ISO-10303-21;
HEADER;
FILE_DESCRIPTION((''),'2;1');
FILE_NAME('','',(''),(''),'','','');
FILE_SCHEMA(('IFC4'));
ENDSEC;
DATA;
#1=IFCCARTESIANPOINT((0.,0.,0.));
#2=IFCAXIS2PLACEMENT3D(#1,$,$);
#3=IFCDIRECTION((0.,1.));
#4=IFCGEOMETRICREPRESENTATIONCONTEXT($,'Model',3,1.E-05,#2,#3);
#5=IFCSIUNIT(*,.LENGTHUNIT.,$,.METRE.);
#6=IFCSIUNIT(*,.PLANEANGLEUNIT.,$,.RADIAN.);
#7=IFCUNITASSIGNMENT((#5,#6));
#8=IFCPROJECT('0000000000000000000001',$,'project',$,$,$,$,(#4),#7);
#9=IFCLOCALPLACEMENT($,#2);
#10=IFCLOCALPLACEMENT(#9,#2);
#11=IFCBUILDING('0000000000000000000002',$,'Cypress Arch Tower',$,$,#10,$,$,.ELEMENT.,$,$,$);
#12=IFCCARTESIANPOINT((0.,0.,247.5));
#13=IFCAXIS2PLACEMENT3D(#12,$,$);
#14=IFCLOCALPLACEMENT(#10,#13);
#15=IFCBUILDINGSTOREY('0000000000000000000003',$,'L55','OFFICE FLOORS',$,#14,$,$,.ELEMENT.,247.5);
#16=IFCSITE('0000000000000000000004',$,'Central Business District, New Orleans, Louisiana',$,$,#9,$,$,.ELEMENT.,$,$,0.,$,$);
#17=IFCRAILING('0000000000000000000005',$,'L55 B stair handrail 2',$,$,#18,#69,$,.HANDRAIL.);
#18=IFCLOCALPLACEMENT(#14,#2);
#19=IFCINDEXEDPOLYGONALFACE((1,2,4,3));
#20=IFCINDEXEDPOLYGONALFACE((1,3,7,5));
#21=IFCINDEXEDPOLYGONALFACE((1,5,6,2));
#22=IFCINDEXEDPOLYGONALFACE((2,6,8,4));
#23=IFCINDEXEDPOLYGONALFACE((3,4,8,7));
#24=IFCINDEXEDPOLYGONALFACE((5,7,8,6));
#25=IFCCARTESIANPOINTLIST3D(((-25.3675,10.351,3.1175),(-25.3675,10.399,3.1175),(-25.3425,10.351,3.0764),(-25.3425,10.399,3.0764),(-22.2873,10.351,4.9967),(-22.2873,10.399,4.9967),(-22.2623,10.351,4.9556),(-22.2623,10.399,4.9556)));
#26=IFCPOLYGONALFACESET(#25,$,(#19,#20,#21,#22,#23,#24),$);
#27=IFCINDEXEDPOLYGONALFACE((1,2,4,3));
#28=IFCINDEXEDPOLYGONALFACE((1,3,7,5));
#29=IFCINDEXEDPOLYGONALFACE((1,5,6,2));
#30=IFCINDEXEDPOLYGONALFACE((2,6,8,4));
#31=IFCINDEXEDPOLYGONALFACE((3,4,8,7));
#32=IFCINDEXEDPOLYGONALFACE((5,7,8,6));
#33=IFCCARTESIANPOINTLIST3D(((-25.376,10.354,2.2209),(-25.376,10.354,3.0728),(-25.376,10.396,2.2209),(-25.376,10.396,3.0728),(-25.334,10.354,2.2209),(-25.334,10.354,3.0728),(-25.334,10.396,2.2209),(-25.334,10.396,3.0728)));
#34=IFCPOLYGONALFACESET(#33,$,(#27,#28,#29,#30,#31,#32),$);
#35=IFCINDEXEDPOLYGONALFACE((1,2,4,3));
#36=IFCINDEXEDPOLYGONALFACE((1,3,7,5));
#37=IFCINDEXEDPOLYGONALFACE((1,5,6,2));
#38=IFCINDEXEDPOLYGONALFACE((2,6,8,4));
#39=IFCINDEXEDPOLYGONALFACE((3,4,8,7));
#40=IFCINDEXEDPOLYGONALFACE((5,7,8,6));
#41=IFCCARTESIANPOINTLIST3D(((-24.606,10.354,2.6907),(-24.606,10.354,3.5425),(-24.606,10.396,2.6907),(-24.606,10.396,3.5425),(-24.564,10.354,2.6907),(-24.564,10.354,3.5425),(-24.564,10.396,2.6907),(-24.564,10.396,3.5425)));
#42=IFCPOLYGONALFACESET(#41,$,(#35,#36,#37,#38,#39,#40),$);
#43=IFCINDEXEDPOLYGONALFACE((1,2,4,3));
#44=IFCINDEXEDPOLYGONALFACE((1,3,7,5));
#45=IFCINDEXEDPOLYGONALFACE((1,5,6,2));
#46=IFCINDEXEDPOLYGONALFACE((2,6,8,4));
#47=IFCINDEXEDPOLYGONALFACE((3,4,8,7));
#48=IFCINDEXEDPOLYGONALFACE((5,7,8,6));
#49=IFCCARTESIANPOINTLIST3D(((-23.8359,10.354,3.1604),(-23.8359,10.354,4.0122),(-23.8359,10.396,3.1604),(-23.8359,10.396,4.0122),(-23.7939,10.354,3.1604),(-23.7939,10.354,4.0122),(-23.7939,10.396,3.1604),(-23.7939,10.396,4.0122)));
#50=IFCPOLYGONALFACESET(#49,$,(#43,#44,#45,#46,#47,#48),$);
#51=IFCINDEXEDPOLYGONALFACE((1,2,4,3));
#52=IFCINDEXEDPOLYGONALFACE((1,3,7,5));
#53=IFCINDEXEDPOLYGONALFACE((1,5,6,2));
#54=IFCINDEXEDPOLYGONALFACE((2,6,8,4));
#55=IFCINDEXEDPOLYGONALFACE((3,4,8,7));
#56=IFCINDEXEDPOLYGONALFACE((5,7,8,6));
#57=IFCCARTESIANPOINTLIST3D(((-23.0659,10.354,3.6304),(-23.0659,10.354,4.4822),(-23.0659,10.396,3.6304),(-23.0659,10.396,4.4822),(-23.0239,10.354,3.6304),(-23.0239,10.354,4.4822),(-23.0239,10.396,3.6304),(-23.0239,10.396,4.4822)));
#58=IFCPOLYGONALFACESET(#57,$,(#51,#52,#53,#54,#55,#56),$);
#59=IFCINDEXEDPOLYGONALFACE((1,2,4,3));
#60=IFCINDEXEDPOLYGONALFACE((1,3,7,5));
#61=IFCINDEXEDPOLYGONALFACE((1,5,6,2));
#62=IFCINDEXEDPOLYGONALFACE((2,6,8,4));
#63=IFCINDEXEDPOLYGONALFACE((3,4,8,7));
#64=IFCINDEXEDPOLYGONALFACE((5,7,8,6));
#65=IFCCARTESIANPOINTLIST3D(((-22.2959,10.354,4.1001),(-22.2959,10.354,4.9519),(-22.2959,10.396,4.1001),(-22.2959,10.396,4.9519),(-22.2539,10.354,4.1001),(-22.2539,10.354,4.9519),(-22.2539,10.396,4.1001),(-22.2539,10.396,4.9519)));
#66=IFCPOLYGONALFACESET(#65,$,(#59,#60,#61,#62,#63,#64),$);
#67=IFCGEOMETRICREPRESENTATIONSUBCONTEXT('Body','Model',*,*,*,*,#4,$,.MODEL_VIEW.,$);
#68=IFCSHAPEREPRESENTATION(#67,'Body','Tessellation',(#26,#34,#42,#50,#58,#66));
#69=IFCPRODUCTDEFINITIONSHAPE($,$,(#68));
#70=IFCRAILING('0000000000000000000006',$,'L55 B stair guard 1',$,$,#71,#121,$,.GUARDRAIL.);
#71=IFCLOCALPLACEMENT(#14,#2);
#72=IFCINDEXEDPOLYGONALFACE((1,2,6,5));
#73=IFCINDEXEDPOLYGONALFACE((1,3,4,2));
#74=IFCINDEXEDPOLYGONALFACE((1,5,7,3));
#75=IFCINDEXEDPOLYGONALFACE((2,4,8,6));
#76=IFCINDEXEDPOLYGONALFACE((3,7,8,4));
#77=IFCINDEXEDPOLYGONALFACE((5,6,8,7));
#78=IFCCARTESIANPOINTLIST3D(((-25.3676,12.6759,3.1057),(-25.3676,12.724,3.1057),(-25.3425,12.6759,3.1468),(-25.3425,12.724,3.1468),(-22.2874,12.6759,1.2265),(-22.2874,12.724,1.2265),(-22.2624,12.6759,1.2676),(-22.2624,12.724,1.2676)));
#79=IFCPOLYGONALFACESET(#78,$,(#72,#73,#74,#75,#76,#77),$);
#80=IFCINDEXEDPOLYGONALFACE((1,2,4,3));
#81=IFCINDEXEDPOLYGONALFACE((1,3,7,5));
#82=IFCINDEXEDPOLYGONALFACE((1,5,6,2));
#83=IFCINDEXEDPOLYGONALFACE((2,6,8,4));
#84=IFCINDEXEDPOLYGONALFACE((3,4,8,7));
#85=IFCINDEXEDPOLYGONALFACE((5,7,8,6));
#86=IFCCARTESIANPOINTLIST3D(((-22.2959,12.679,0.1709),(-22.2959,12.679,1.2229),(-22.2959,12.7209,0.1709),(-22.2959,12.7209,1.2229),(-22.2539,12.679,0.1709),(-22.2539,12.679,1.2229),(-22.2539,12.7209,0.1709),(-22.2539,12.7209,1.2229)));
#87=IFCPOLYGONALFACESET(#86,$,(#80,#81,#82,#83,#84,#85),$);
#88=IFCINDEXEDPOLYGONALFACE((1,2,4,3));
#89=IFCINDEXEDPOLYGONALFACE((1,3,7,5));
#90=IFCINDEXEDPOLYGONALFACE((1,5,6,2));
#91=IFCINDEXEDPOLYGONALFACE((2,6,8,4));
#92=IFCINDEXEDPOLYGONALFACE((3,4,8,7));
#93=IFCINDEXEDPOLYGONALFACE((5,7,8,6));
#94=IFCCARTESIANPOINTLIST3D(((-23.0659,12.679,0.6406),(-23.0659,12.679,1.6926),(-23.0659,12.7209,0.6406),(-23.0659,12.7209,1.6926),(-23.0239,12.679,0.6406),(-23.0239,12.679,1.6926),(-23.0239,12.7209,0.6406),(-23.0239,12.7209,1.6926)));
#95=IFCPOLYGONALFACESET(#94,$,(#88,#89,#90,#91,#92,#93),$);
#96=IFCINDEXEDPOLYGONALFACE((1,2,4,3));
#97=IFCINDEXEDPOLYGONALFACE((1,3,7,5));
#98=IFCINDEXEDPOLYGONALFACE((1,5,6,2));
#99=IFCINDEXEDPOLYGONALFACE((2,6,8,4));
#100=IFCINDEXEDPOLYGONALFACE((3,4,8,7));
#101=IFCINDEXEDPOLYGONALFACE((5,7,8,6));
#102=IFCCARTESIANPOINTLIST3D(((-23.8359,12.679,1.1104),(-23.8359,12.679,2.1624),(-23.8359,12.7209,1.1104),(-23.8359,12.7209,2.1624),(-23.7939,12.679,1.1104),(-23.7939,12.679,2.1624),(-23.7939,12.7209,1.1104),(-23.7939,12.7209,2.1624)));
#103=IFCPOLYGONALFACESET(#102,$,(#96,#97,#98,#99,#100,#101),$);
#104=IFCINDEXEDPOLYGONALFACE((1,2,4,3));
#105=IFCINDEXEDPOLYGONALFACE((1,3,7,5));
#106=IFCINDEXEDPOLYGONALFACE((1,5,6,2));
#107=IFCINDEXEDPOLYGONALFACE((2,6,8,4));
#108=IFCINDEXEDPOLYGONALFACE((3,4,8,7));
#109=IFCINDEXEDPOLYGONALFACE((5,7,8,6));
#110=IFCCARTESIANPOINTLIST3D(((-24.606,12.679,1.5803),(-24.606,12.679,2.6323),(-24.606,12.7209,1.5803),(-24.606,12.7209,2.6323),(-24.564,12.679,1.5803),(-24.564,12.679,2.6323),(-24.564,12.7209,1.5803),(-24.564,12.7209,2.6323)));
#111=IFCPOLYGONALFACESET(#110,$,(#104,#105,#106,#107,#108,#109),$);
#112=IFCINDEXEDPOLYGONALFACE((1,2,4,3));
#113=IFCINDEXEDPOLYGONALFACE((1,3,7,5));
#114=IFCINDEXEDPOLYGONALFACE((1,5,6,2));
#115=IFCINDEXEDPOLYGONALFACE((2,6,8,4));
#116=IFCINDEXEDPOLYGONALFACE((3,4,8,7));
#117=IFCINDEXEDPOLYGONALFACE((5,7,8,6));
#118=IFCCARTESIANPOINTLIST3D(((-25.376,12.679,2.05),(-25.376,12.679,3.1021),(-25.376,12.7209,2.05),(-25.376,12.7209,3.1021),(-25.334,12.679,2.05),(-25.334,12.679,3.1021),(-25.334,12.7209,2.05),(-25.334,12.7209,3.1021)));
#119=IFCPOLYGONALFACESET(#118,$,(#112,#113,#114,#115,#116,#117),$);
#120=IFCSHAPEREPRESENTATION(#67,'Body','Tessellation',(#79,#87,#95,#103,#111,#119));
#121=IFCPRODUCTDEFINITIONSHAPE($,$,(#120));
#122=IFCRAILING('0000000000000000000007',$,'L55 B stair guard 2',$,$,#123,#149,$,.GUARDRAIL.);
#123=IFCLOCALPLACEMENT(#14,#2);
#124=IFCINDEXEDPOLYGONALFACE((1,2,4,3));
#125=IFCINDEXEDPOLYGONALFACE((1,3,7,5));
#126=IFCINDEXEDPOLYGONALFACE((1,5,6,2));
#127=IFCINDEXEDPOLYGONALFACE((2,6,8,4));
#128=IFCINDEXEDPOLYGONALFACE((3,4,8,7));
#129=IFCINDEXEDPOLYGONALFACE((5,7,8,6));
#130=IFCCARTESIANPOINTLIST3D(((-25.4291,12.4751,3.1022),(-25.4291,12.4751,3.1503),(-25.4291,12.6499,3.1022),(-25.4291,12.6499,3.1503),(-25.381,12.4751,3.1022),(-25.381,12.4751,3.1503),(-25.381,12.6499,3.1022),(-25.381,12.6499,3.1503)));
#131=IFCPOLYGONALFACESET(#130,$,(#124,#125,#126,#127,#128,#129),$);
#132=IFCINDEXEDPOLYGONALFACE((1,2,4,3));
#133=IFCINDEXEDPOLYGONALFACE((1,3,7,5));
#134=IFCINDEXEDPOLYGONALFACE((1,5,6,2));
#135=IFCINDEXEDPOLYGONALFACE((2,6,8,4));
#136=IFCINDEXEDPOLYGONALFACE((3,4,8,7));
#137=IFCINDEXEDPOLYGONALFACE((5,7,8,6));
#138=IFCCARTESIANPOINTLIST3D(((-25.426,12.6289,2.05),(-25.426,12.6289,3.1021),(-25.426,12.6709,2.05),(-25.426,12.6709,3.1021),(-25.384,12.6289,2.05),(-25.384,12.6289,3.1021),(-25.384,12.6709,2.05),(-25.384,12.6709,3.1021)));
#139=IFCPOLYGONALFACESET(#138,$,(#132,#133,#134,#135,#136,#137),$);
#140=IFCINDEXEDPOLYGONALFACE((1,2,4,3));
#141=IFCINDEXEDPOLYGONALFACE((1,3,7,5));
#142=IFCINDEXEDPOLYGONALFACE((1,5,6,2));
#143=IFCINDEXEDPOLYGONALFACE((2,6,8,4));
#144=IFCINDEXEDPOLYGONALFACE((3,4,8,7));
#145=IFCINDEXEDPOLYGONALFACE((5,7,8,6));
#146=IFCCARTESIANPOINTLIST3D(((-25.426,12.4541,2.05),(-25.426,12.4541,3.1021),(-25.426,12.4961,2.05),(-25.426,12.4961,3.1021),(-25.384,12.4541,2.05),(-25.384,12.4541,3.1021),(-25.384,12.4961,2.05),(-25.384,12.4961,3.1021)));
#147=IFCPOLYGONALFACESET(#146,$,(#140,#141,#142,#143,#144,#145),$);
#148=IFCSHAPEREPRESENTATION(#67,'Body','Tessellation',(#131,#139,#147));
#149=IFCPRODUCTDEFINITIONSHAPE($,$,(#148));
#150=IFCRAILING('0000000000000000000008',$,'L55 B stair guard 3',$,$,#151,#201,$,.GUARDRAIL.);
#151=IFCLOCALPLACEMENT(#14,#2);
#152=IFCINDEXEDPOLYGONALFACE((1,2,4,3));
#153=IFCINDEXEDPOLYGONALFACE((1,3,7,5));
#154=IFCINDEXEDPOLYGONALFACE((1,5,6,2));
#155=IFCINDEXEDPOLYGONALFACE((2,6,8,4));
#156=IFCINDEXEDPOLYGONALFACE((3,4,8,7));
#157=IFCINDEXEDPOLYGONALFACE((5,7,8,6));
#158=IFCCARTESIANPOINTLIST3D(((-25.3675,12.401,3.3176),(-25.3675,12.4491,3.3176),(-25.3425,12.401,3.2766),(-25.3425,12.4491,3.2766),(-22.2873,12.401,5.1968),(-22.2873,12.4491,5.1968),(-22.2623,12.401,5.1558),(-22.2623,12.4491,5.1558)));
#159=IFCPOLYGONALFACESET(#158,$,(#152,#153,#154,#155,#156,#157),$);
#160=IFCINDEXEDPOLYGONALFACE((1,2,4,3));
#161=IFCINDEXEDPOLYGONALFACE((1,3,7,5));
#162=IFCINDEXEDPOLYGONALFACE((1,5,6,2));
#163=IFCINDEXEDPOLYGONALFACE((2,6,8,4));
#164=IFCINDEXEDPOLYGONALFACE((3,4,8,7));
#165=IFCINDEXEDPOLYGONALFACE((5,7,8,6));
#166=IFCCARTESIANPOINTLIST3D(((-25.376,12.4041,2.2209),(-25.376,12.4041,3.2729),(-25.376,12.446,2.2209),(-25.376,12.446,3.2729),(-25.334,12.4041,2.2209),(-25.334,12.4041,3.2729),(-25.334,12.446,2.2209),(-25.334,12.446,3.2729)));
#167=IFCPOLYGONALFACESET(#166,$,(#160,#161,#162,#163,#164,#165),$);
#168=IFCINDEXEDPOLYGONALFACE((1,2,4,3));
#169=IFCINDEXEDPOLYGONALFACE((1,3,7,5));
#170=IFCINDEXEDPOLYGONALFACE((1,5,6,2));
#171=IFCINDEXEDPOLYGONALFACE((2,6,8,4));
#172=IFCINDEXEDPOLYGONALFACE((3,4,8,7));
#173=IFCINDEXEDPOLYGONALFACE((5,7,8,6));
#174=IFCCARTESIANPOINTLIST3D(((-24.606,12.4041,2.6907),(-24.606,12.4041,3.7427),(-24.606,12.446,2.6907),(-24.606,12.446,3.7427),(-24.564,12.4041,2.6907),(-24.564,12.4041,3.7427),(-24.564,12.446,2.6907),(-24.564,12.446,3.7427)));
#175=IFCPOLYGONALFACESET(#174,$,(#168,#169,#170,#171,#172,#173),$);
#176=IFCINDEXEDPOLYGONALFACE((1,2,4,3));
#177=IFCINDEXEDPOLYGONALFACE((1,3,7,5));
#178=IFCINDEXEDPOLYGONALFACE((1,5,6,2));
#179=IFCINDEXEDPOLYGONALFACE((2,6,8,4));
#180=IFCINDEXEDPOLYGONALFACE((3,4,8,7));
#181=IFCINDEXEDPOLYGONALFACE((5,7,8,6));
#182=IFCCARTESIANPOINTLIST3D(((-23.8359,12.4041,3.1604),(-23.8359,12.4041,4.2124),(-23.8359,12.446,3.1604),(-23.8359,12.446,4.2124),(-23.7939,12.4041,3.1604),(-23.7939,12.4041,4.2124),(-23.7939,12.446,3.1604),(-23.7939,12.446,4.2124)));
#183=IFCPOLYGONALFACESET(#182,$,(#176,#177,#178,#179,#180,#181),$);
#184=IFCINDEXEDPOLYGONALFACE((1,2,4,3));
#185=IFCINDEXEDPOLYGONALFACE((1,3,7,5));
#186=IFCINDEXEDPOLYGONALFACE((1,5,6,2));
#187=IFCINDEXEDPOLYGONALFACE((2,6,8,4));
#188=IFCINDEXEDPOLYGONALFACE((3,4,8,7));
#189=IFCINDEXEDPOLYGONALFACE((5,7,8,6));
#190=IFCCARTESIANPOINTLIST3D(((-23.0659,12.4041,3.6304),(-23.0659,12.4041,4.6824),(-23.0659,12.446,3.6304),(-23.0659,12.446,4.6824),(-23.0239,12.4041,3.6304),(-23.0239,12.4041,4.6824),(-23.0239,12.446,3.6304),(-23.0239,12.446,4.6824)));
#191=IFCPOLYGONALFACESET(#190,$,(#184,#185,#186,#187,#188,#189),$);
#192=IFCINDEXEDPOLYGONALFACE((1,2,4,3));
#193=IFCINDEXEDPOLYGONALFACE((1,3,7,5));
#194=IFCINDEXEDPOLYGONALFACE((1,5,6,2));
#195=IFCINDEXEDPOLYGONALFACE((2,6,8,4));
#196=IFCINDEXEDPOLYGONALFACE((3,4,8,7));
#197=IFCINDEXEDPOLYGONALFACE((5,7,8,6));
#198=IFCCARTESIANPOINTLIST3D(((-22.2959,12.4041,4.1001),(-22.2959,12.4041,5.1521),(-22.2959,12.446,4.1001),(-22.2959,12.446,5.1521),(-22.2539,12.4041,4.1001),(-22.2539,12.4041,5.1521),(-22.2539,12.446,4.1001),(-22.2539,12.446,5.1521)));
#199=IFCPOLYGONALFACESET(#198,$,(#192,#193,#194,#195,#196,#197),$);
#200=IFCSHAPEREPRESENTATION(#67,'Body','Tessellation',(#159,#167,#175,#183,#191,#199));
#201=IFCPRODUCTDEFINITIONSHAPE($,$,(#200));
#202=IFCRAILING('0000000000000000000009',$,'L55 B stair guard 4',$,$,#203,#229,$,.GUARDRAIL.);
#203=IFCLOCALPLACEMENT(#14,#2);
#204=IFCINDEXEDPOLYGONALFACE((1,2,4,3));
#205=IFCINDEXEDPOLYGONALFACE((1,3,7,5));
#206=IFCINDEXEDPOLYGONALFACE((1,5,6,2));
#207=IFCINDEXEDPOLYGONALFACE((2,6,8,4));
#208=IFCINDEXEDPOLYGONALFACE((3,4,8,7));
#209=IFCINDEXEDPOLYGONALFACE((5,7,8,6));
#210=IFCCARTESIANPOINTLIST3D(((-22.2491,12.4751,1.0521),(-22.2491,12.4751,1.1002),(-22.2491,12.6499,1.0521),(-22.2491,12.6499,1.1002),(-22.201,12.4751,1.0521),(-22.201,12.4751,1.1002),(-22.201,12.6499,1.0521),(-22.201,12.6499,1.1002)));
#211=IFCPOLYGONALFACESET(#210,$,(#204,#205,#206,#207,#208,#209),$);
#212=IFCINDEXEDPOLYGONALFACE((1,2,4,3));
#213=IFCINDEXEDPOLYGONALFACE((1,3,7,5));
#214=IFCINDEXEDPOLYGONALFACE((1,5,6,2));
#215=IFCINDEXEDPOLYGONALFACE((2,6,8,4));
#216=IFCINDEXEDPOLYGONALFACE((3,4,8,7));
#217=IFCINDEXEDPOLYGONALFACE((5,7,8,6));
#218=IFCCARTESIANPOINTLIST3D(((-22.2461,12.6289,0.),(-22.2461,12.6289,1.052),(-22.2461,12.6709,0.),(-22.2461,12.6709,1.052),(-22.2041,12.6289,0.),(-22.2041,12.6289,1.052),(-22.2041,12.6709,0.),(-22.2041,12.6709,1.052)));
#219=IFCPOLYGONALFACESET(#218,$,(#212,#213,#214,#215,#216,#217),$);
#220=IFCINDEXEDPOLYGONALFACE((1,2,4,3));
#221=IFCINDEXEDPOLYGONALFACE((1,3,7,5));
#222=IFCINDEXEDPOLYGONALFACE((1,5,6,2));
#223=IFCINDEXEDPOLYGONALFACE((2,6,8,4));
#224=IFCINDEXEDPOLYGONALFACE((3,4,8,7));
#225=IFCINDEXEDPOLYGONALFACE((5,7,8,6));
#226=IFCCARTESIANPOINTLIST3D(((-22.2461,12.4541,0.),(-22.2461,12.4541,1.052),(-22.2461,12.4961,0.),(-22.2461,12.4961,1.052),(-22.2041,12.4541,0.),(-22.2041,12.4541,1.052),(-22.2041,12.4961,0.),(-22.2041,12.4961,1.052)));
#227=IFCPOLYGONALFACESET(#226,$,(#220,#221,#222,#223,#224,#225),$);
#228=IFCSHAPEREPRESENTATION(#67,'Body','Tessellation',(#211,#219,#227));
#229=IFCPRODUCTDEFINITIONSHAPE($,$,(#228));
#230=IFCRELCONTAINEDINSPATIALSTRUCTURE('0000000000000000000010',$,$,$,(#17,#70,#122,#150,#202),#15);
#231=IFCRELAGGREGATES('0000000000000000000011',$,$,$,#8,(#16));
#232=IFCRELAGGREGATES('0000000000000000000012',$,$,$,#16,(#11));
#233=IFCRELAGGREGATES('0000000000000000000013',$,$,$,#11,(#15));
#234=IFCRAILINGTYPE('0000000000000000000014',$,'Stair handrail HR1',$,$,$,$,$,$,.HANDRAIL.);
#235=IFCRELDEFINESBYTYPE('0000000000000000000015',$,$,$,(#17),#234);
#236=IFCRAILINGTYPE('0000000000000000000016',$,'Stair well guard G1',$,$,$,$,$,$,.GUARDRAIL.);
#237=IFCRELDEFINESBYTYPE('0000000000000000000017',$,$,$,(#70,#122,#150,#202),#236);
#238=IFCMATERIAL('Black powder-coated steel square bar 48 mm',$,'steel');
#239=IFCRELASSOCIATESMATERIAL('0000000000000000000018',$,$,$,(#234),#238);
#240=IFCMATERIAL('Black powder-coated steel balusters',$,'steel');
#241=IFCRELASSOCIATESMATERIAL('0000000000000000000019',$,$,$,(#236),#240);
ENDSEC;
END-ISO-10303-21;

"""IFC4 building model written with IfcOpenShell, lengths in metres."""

from ifc_helpers import new_model, si_unit, direction, frame, origin, origin_2d, place, context, subcontext, project, spatial, rectangle, extrude, material, type_object, element, save


model = new_model("IFC4")

# Units and contexts
model_context = context("Model", 3, precision=1e-05, world=origin(), true_north=direction((0.0, 1.0)))
body_context = subcontext(model_context, "Body", "Model", "MODEL_VIEW")
ifc_project = project(units=[si_unit("LENGTHUNIT", "METRE"), si_unit("PLANEANGLEUNIT", "RADIAN")], contexts=[model_context])

# Site, building, storey
site_placement = place(None, origin())
site = spatial("IfcSite", under=ifc_project, at=site_placement, Name="Central Business District, New Orleans, Louisiana", CompositionType="ELEMENT", RefElevation=0.0)
building_placement = place(site_placement, origin())
building = spatial("IfcBuilding", under=site, at=building_placement, Name="Cypress Arch Tower", CompositionType="ELEMENT")
storey_placement = place(building_placement, frame((0.0, 0.0, 247.5)))
storey = spatial("IfcBuildingStorey", under=building, at=storey_placement, Name="L55", Description="OFFICE FLOORS", CompositionType="ELEMENT", Elevation=247.5)

# Railings
ifc_material_1 = material(Name="Black powder-coated steel square bar 48 mm", Category="steel")
railing_type_1 = type_object("IfcRailingType", Name="Stair handrail HR1", PredefinedType="HANDRAIL", material=ifc_material_1)
railing_1_placement = place(storey_placement, frame((-25.355, 10.375, 2.2209)))
element("IfcRailing", 1, at=railing_1_placement, inside=storey, type_object=railing_type_1, Name="L55 B stair handrail 2", PredefinedType="HANDRAIL", context=body_context, shape_type="SweptSolid", body=[
    extrude(rectangle(XDim=0.0481, YDim=0.0481, at=origin_2d()), frame((0.0, 0.0, 0.876), z_axis=(0.853666, 0.0, 0.52082), x_axis=(0.0, 1.0, 0.0)), (0.0, 0.0, 1.0), 3.6082),
    extrude(rectangle(XDim=0.042, YDim=0.042, at=origin_2d()), origin(), (0.0, 0.0, 1.0), 0.8518),
    extrude(rectangle(XDim=0.042, YDim=0.042, at=origin_2d()), frame((0.77, 0.0, 0.4697)), (0.0, 0.0, 1.0), 0.8518),
    extrude(rectangle(XDim=0.042, YDim=0.042, at=origin_2d()), frame((1.54, 0.0, 0.9395)), (0.0, 0.0, 1.0), 0.8518),
    extrude(rectangle(XDim=0.042, YDim=0.042, at=origin_2d()), frame((2.3101, 0.0, 1.4094)), (0.0, 0.0, 1.0), 0.8518),
    extrude(rectangle(XDim=0.042, YDim=0.042, at=origin_2d()), frame((3.0801, 0.0, 1.8792)), (0.0, 0.0, 1.0), 0.8518),
])
ifc_material_2 = material(Name="Black powder-coated steel balusters", Category="steel")
railing_type_2 = type_object("IfcRailingType", Name="Stair well guard G1", PredefinedType="GUARDRAIL", material=ifc_material_2)
railing_2_placement = place(storey_placement, frame((-22.2749, 12.7, 0.1709)))
element("IfcRailing", 2, at=railing_2_placement, inside=storey, type_object=railing_type_2, Name="L55 B stair guard 1", PredefinedType="GUARDRAIL", context=body_context, shape_type="SweptSolid", body=[
    extrude(rectangle(XDim=0.0481, YDim=0.0481, at=origin_2d()), frame((0.0, 0.0, 1.0762), z_axis=(-0.853666, 0.0, 0.52082), x_axis=(0.0, -1.0, 0.0)), (0.0, 0.0, 1.0), 3.6082),
    extrude(rectangle(XDim=0.042, YDim=0.042, at=origin_2d()), origin(), (0.0, 0.0, 1.0), 1.052),
    extrude(rectangle(XDim=0.042, YDim=0.042, at=origin_2d()), frame((-0.77, 0.0, 0.4697)), (0.0, 0.0, 1.0), 1.052),
    extrude(rectangle(XDim=0.042, YDim=0.042, at=origin_2d()), frame((-1.54, 0.0, 0.9395)), (0.0, 0.0, 1.0), 1.052),
    extrude(rectangle(XDim=0.042, YDim=0.042, at=origin_2d()), frame((-2.3101, 0.0, 1.4094)), (0.0, 0.0, 1.0), 1.052),
    extrude(rectangle(XDim=0.042, YDim=0.042, at=origin_2d()), frame((-3.0801, 0.0, 1.8792)), (0.0, 0.0, 1.0), 1.052),
])
railing_3_placement = place(storey_placement, frame((-25.405, 12.6499, 2.05)))
element("IfcRailing", 3, at=railing_3_placement, inside=storey, type_object=railing_type_2, Name="L55 B stair guard 2", PredefinedType="GUARDRAIL", context=body_context, shape_type="SweptSolid", body=[
    extrude(rectangle(XDim=0.0481, YDim=0.0481, at=origin_2d()), frame((0.0, 0.0, 1.0762), z_axis=(0.0, -1.0, 0.0), x_axis=(1.0, 0.0, 0.0)), (0.0, 0.0, 1.0), 0.1748),
    extrude(rectangle(XDim=0.042, YDim=0.042, at=origin_2d()), origin(), (0.0, 0.0, 1.0), 1.052),
    extrude(rectangle(XDim=0.042, YDim=0.042, at=origin_2d()), frame((0.0, -0.1748, 0.0)), (0.0, 0.0, 1.0), 1.052),
])
railing_4_placement = place(storey_placement, frame((-25.355, 12.425, 2.2209)))
element("IfcRailing", 4, at=railing_4_placement, inside=storey, type_object=railing_type_2, Name="L55 B stair guard 3", PredefinedType="GUARDRAIL", context=body_context, shape_type="SweptSolid", body=[
    extrude(rectangle(XDim=0.0481, YDim=0.0481, at=origin_2d()), frame((0.0, 0.0, 1.0762), z_axis=(0.853666, 0.0, 0.52082), x_axis=(0.0, 1.0, 0.0)), (0.0, 0.0, 1.0), 3.6082),
    extrude(rectangle(XDim=0.042, YDim=0.042, at=origin_2d()), origin(), (0.0, 0.0, 1.0), 1.052),
    extrude(rectangle(XDim=0.042, YDim=0.042, at=origin_2d()), frame((0.77, 0.0, 0.4697)), (0.0, 0.0, 1.0), 1.052),
    extrude(rectangle(XDim=0.042, YDim=0.042, at=origin_2d()), frame((1.54, 0.0, 0.9395)), (0.0, 0.0, 1.0), 1.052),
    extrude(rectangle(XDim=0.042, YDim=0.042, at=origin_2d()), frame((2.3101, 0.0, 1.4094)), (0.0, 0.0, 1.0), 1.052),
    extrude(rectangle(XDim=0.042, YDim=0.042, at=origin_2d()), frame((3.0801, 0.0, 1.8792)), (0.0, 0.0, 1.0), 1.052),
])
railing_5_placement = place(storey_placement, frame((-22.2251, 12.6499, 0.0)))
element("IfcRailing", 5, at=railing_5_placement, inside=storey, type_object=railing_type_2, Name="L55 B stair guard 4", PredefinedType="GUARDRAIL", context=body_context, shape_type="SweptSolid", body=[
    extrude(rectangle(XDim=0.0481, YDim=0.0481, at=origin_2d()), frame((0.0, 0.0, 1.0762), z_axis=(0.0, -1.0, 0.0), x_axis=(1.0, 0.0, 0.0)), (0.0, 0.0, 1.0), 0.1748),
    extrude(rectangle(XDim=0.042, YDim=0.042, at=origin_2d()), origin(), (0.0, 0.0, 1.0), 1.052),
    extrude(rectangle(XDim=0.042, YDim=0.042, at=origin_2d()), frame((0.0, -0.1748, 0.0)), (0.0, 0.0, 1.0), 1.052),
])

save(model, "model.ifc")
